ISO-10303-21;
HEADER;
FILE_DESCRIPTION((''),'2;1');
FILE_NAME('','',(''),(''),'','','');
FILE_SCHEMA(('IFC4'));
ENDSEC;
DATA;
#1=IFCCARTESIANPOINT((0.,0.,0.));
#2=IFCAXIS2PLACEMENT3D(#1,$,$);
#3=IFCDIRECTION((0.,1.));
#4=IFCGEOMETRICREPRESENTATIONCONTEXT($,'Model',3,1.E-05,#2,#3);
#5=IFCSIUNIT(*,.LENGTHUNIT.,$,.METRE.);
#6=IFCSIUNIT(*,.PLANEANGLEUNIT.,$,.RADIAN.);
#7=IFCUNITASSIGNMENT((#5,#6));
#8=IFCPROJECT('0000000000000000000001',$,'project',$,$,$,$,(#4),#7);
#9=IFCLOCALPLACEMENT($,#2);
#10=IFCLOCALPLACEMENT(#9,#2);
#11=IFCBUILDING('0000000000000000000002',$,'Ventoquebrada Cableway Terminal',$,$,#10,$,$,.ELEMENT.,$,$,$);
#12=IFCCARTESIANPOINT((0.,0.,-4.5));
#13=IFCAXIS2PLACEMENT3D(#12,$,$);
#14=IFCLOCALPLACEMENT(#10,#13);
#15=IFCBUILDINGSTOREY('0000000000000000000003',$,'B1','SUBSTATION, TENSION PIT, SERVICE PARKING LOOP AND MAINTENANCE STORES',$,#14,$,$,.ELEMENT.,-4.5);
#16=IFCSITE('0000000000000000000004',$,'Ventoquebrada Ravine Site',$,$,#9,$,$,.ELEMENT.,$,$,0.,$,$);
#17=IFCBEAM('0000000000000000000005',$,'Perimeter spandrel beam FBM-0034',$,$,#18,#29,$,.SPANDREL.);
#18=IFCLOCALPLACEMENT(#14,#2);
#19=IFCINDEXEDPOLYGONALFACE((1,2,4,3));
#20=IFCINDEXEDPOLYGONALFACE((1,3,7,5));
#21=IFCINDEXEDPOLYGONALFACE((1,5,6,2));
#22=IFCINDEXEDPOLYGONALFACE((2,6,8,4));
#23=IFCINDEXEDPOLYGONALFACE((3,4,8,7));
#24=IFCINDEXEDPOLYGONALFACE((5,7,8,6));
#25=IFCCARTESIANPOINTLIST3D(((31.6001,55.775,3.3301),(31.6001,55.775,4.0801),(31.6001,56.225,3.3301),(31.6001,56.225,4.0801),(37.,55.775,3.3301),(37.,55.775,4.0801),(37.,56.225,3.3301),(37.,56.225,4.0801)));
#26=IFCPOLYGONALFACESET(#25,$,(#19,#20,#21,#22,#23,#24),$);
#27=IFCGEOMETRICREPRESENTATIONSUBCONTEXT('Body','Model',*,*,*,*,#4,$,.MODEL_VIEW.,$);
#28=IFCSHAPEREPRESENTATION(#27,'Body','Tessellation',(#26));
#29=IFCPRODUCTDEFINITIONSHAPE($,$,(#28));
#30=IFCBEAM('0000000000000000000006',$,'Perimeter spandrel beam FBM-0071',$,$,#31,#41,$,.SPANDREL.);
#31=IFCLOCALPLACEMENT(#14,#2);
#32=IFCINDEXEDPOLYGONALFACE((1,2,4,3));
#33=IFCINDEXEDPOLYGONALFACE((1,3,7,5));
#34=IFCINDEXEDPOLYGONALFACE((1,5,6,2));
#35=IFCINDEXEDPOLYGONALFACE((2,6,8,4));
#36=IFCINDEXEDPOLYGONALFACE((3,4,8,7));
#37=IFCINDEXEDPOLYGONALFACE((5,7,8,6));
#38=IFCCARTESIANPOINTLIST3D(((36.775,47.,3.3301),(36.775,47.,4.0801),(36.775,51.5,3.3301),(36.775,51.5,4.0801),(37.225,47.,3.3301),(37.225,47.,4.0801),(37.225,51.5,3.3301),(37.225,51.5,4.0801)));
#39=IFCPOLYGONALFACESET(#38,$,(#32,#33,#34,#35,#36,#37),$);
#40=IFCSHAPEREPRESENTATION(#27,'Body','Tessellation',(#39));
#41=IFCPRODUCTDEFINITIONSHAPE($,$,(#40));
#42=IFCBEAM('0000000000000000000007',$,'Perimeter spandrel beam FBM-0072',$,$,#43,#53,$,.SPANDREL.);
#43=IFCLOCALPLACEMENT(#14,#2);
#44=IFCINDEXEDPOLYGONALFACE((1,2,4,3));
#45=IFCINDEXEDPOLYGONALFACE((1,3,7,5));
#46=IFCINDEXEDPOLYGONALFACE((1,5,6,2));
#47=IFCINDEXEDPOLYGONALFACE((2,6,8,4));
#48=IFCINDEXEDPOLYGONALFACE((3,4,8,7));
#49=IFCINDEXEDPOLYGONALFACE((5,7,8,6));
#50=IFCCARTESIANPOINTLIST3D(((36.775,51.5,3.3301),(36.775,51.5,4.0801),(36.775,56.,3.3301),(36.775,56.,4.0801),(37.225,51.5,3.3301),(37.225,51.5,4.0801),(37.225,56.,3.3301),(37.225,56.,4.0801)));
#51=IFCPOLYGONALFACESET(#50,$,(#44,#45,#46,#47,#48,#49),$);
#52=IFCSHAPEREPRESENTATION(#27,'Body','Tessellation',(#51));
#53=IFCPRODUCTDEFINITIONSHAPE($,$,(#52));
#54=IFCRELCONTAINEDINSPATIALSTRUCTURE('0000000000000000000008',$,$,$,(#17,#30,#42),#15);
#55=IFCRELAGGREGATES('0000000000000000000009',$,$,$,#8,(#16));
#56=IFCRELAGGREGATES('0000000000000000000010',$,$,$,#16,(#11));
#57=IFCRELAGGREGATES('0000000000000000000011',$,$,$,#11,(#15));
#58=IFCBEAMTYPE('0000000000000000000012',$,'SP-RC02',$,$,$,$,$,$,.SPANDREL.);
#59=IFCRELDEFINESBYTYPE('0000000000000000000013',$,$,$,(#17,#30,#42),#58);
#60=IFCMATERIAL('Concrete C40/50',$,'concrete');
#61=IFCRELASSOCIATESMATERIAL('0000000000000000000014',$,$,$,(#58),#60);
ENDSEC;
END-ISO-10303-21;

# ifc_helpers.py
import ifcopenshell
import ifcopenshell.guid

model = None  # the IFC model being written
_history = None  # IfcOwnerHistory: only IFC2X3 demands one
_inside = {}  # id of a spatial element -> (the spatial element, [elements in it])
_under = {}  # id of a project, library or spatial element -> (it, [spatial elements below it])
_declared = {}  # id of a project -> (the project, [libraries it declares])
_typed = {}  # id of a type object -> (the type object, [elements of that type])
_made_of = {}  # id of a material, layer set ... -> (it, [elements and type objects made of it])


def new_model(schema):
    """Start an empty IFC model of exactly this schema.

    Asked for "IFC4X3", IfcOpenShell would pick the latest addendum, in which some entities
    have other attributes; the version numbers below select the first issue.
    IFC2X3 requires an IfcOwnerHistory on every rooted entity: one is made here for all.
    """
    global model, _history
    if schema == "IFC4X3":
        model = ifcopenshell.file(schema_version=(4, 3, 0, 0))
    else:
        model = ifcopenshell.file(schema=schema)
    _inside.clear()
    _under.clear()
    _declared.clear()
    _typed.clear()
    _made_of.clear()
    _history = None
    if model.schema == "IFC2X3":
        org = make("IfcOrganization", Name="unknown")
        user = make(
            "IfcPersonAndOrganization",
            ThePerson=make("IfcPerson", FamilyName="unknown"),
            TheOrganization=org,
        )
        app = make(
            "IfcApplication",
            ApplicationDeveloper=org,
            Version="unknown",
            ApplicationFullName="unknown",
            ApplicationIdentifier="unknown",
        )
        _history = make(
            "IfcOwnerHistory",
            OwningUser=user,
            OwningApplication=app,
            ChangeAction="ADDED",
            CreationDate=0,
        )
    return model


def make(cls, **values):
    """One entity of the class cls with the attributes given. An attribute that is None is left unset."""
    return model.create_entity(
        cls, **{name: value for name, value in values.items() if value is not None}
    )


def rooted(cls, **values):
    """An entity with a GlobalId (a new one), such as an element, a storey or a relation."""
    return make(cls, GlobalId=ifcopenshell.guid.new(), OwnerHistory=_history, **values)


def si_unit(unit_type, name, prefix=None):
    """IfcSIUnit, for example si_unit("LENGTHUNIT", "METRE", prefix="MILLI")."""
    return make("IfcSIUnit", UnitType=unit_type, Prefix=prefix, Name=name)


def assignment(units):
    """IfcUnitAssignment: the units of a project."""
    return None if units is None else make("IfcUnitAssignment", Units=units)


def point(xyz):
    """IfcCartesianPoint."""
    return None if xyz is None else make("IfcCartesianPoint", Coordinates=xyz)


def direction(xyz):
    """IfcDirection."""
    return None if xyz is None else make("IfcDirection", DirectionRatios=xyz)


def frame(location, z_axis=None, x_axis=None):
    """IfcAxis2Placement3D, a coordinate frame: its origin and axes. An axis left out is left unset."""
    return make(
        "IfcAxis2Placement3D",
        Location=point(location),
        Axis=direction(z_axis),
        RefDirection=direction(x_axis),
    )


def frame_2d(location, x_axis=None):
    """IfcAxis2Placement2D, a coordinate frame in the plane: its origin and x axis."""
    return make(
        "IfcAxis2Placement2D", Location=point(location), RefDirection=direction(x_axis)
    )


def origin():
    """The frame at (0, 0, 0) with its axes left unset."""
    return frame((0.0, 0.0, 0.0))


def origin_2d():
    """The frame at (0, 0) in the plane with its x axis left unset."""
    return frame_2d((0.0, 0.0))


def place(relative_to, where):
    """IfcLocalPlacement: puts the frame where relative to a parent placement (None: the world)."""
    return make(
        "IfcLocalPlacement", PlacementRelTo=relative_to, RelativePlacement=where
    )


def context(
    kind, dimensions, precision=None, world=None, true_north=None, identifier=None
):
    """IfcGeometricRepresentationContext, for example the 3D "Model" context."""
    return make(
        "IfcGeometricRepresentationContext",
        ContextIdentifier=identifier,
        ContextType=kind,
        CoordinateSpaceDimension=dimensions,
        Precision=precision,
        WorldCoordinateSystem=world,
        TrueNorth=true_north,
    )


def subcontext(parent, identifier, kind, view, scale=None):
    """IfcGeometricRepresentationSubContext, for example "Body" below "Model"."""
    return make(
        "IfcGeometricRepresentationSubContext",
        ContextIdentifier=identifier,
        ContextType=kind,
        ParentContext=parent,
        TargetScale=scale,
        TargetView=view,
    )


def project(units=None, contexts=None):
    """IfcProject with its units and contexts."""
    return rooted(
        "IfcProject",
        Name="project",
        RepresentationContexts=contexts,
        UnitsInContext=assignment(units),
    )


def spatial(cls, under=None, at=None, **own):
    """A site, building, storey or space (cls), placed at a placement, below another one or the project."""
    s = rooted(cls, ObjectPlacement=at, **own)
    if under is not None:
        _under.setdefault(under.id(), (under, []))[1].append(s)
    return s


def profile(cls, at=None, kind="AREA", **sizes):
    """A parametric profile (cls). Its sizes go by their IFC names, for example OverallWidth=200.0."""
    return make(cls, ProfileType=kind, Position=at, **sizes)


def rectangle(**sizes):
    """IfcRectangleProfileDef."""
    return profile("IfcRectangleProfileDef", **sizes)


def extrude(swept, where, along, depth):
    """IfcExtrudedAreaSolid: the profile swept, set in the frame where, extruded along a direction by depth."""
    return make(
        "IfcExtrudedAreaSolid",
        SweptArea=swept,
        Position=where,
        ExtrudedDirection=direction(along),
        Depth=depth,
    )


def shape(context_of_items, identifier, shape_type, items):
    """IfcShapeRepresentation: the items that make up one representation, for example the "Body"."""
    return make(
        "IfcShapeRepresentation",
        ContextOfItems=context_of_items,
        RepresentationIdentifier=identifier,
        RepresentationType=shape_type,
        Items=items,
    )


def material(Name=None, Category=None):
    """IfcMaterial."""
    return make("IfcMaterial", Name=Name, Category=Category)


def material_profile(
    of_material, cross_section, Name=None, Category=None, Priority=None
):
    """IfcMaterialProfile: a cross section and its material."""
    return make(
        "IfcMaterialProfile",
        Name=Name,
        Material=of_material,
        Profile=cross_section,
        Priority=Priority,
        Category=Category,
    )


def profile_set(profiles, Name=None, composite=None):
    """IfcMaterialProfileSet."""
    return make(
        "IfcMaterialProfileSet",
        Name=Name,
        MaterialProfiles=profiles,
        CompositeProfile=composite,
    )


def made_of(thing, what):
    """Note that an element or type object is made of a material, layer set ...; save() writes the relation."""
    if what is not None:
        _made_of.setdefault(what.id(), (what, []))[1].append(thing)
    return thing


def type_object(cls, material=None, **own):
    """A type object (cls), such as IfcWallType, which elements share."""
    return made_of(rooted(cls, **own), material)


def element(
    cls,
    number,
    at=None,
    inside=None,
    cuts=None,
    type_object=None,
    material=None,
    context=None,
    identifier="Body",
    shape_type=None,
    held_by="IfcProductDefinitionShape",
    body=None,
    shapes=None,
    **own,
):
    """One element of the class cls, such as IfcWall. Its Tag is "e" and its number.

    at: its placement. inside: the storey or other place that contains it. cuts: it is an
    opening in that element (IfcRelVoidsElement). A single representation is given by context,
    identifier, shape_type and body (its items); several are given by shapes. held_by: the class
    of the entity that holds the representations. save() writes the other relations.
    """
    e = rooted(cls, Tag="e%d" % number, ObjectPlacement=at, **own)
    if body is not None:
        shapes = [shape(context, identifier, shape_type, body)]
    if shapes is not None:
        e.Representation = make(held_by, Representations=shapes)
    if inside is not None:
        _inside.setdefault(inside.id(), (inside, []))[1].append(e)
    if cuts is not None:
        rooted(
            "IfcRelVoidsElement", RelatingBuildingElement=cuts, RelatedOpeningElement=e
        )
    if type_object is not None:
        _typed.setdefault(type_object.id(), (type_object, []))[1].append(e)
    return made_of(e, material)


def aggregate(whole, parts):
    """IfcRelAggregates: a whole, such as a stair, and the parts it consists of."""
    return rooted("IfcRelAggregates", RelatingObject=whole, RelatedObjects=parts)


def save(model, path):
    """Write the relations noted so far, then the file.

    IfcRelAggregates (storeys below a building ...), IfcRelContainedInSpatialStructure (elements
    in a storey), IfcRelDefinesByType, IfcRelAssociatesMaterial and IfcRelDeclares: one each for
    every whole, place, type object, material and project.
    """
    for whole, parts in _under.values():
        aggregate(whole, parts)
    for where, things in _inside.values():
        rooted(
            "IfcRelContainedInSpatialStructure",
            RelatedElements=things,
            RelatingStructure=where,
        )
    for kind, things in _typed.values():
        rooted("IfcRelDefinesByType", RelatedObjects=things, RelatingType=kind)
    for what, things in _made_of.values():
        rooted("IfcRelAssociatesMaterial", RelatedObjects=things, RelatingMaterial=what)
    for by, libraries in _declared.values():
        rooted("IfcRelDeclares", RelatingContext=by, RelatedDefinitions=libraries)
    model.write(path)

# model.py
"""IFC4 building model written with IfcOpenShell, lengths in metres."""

from ifc_helpers import new_model, si_unit, direction, frame, origin, origin_2d, place, context, subcontext, project, spatial, rectangle, extrude, material, material_profile, profile_set, type_object, element, save


model = new_model("IFC4")

# Units and contexts
model_context = context("Model", 3, precision=1e-05, world=origin(), true_north=direction((0.0, 1.0)))
body_context = subcontext(model_context, "Body", "Model", "MODEL_VIEW")
ifc_project = project(units=[si_unit("LENGTHUNIT", "METRE"), si_unit("PLANEANGLEUNIT", "RADIAN")], contexts=[model_context])

# Site, building, storey
site_placement = place(None, origin())
site = spatial("IfcSite", under=ifc_project, at=site_placement, Name="Ventoquebrada Ravine Site", CompositionType="ELEMENT", RefElevation=0.0)
building_placement = place(site_placement, origin())
building = spatial("IfcBuilding", under=site, at=building_placement, Name="Ventoquebrada Cableway Terminal", CompositionType="ELEMENT")
storey_placement = place(building_placement, frame((0.0, 0.0, -4.5)))
storey = spatial("IfcBuildingStorey", under=building, at=storey_placement, Name="B1", Description="SUBSTATION, TENSION PIT, SERVICE PARKING LOOP AND MAINTENANCE STORES", CompositionType="ELEMENT", Elevation=-4.5)

# Shared definitions
ifc_material = material(Name="Concrete C40/50", Category="concrete")

# Beams
ifc_material_profile_1 = material_profile(ifc_material, rectangle(XDim=0.45, YDim=0.75, at=origin_2d()), Name="RC-BM-450X750")
ifc_profile_set_1 = profile_set([ifc_material_profile_1], Name="Concrete C40/50")
beam_type = type_object("IfcBeamType", Name="SP-RC02", PredefinedType="SPANDREL", material=ifc_profile_set_1)
beam_1_placement = place(storey_placement, frame((31.6001, 56.0, 3.7051), z_axis=(1.0, 0.0, 0.0), x_axis=(0.0, 1.0, 0.0)))
element("IfcBeam", 1, at=beam_1_placement, inside=storey, type_object=beam_type, Name="Perimeter spandrel beam FBM-0034", PredefinedType="SPANDREL", context=body_context, shape_type="SweptSolid", body=[
    extrude(rectangle(XDim=0.45, YDim=0.75, at=origin_2d()), origin(), (0.0, 0.0, 1.0), 5.3999),
])
for number, where, z_axis, x_axis, name in (
    (2, (37.0, 47.0, 3.7051), (0.0, 1.0, 0.0), (-1.0, 0.0, 0.0), "Perimeter spandrel beam FBM-0071"),
    (3, (37.0, 51.5, 3.7051), (0.0, 1.0, 0.0), (-1.0, 0.0, 0.0), "Perimeter spandrel beam FBM-0072"),
):
    element("IfcBeam", number, at=place(storey_placement, frame(where, z_axis=z_axis, x_axis=x_axis)), inside=storey, type_object=beam_type, Name=name, PredefinedType="SPANDREL", context=body_context, shape_type="SweptSolid", body=[
        extrude(rectangle(XDim=0.45, YDim=0.75, at=origin_2d()), origin(), (0.0, 0.0, 1.0), 4.5),
    ])

save(model, "model.ifc")
